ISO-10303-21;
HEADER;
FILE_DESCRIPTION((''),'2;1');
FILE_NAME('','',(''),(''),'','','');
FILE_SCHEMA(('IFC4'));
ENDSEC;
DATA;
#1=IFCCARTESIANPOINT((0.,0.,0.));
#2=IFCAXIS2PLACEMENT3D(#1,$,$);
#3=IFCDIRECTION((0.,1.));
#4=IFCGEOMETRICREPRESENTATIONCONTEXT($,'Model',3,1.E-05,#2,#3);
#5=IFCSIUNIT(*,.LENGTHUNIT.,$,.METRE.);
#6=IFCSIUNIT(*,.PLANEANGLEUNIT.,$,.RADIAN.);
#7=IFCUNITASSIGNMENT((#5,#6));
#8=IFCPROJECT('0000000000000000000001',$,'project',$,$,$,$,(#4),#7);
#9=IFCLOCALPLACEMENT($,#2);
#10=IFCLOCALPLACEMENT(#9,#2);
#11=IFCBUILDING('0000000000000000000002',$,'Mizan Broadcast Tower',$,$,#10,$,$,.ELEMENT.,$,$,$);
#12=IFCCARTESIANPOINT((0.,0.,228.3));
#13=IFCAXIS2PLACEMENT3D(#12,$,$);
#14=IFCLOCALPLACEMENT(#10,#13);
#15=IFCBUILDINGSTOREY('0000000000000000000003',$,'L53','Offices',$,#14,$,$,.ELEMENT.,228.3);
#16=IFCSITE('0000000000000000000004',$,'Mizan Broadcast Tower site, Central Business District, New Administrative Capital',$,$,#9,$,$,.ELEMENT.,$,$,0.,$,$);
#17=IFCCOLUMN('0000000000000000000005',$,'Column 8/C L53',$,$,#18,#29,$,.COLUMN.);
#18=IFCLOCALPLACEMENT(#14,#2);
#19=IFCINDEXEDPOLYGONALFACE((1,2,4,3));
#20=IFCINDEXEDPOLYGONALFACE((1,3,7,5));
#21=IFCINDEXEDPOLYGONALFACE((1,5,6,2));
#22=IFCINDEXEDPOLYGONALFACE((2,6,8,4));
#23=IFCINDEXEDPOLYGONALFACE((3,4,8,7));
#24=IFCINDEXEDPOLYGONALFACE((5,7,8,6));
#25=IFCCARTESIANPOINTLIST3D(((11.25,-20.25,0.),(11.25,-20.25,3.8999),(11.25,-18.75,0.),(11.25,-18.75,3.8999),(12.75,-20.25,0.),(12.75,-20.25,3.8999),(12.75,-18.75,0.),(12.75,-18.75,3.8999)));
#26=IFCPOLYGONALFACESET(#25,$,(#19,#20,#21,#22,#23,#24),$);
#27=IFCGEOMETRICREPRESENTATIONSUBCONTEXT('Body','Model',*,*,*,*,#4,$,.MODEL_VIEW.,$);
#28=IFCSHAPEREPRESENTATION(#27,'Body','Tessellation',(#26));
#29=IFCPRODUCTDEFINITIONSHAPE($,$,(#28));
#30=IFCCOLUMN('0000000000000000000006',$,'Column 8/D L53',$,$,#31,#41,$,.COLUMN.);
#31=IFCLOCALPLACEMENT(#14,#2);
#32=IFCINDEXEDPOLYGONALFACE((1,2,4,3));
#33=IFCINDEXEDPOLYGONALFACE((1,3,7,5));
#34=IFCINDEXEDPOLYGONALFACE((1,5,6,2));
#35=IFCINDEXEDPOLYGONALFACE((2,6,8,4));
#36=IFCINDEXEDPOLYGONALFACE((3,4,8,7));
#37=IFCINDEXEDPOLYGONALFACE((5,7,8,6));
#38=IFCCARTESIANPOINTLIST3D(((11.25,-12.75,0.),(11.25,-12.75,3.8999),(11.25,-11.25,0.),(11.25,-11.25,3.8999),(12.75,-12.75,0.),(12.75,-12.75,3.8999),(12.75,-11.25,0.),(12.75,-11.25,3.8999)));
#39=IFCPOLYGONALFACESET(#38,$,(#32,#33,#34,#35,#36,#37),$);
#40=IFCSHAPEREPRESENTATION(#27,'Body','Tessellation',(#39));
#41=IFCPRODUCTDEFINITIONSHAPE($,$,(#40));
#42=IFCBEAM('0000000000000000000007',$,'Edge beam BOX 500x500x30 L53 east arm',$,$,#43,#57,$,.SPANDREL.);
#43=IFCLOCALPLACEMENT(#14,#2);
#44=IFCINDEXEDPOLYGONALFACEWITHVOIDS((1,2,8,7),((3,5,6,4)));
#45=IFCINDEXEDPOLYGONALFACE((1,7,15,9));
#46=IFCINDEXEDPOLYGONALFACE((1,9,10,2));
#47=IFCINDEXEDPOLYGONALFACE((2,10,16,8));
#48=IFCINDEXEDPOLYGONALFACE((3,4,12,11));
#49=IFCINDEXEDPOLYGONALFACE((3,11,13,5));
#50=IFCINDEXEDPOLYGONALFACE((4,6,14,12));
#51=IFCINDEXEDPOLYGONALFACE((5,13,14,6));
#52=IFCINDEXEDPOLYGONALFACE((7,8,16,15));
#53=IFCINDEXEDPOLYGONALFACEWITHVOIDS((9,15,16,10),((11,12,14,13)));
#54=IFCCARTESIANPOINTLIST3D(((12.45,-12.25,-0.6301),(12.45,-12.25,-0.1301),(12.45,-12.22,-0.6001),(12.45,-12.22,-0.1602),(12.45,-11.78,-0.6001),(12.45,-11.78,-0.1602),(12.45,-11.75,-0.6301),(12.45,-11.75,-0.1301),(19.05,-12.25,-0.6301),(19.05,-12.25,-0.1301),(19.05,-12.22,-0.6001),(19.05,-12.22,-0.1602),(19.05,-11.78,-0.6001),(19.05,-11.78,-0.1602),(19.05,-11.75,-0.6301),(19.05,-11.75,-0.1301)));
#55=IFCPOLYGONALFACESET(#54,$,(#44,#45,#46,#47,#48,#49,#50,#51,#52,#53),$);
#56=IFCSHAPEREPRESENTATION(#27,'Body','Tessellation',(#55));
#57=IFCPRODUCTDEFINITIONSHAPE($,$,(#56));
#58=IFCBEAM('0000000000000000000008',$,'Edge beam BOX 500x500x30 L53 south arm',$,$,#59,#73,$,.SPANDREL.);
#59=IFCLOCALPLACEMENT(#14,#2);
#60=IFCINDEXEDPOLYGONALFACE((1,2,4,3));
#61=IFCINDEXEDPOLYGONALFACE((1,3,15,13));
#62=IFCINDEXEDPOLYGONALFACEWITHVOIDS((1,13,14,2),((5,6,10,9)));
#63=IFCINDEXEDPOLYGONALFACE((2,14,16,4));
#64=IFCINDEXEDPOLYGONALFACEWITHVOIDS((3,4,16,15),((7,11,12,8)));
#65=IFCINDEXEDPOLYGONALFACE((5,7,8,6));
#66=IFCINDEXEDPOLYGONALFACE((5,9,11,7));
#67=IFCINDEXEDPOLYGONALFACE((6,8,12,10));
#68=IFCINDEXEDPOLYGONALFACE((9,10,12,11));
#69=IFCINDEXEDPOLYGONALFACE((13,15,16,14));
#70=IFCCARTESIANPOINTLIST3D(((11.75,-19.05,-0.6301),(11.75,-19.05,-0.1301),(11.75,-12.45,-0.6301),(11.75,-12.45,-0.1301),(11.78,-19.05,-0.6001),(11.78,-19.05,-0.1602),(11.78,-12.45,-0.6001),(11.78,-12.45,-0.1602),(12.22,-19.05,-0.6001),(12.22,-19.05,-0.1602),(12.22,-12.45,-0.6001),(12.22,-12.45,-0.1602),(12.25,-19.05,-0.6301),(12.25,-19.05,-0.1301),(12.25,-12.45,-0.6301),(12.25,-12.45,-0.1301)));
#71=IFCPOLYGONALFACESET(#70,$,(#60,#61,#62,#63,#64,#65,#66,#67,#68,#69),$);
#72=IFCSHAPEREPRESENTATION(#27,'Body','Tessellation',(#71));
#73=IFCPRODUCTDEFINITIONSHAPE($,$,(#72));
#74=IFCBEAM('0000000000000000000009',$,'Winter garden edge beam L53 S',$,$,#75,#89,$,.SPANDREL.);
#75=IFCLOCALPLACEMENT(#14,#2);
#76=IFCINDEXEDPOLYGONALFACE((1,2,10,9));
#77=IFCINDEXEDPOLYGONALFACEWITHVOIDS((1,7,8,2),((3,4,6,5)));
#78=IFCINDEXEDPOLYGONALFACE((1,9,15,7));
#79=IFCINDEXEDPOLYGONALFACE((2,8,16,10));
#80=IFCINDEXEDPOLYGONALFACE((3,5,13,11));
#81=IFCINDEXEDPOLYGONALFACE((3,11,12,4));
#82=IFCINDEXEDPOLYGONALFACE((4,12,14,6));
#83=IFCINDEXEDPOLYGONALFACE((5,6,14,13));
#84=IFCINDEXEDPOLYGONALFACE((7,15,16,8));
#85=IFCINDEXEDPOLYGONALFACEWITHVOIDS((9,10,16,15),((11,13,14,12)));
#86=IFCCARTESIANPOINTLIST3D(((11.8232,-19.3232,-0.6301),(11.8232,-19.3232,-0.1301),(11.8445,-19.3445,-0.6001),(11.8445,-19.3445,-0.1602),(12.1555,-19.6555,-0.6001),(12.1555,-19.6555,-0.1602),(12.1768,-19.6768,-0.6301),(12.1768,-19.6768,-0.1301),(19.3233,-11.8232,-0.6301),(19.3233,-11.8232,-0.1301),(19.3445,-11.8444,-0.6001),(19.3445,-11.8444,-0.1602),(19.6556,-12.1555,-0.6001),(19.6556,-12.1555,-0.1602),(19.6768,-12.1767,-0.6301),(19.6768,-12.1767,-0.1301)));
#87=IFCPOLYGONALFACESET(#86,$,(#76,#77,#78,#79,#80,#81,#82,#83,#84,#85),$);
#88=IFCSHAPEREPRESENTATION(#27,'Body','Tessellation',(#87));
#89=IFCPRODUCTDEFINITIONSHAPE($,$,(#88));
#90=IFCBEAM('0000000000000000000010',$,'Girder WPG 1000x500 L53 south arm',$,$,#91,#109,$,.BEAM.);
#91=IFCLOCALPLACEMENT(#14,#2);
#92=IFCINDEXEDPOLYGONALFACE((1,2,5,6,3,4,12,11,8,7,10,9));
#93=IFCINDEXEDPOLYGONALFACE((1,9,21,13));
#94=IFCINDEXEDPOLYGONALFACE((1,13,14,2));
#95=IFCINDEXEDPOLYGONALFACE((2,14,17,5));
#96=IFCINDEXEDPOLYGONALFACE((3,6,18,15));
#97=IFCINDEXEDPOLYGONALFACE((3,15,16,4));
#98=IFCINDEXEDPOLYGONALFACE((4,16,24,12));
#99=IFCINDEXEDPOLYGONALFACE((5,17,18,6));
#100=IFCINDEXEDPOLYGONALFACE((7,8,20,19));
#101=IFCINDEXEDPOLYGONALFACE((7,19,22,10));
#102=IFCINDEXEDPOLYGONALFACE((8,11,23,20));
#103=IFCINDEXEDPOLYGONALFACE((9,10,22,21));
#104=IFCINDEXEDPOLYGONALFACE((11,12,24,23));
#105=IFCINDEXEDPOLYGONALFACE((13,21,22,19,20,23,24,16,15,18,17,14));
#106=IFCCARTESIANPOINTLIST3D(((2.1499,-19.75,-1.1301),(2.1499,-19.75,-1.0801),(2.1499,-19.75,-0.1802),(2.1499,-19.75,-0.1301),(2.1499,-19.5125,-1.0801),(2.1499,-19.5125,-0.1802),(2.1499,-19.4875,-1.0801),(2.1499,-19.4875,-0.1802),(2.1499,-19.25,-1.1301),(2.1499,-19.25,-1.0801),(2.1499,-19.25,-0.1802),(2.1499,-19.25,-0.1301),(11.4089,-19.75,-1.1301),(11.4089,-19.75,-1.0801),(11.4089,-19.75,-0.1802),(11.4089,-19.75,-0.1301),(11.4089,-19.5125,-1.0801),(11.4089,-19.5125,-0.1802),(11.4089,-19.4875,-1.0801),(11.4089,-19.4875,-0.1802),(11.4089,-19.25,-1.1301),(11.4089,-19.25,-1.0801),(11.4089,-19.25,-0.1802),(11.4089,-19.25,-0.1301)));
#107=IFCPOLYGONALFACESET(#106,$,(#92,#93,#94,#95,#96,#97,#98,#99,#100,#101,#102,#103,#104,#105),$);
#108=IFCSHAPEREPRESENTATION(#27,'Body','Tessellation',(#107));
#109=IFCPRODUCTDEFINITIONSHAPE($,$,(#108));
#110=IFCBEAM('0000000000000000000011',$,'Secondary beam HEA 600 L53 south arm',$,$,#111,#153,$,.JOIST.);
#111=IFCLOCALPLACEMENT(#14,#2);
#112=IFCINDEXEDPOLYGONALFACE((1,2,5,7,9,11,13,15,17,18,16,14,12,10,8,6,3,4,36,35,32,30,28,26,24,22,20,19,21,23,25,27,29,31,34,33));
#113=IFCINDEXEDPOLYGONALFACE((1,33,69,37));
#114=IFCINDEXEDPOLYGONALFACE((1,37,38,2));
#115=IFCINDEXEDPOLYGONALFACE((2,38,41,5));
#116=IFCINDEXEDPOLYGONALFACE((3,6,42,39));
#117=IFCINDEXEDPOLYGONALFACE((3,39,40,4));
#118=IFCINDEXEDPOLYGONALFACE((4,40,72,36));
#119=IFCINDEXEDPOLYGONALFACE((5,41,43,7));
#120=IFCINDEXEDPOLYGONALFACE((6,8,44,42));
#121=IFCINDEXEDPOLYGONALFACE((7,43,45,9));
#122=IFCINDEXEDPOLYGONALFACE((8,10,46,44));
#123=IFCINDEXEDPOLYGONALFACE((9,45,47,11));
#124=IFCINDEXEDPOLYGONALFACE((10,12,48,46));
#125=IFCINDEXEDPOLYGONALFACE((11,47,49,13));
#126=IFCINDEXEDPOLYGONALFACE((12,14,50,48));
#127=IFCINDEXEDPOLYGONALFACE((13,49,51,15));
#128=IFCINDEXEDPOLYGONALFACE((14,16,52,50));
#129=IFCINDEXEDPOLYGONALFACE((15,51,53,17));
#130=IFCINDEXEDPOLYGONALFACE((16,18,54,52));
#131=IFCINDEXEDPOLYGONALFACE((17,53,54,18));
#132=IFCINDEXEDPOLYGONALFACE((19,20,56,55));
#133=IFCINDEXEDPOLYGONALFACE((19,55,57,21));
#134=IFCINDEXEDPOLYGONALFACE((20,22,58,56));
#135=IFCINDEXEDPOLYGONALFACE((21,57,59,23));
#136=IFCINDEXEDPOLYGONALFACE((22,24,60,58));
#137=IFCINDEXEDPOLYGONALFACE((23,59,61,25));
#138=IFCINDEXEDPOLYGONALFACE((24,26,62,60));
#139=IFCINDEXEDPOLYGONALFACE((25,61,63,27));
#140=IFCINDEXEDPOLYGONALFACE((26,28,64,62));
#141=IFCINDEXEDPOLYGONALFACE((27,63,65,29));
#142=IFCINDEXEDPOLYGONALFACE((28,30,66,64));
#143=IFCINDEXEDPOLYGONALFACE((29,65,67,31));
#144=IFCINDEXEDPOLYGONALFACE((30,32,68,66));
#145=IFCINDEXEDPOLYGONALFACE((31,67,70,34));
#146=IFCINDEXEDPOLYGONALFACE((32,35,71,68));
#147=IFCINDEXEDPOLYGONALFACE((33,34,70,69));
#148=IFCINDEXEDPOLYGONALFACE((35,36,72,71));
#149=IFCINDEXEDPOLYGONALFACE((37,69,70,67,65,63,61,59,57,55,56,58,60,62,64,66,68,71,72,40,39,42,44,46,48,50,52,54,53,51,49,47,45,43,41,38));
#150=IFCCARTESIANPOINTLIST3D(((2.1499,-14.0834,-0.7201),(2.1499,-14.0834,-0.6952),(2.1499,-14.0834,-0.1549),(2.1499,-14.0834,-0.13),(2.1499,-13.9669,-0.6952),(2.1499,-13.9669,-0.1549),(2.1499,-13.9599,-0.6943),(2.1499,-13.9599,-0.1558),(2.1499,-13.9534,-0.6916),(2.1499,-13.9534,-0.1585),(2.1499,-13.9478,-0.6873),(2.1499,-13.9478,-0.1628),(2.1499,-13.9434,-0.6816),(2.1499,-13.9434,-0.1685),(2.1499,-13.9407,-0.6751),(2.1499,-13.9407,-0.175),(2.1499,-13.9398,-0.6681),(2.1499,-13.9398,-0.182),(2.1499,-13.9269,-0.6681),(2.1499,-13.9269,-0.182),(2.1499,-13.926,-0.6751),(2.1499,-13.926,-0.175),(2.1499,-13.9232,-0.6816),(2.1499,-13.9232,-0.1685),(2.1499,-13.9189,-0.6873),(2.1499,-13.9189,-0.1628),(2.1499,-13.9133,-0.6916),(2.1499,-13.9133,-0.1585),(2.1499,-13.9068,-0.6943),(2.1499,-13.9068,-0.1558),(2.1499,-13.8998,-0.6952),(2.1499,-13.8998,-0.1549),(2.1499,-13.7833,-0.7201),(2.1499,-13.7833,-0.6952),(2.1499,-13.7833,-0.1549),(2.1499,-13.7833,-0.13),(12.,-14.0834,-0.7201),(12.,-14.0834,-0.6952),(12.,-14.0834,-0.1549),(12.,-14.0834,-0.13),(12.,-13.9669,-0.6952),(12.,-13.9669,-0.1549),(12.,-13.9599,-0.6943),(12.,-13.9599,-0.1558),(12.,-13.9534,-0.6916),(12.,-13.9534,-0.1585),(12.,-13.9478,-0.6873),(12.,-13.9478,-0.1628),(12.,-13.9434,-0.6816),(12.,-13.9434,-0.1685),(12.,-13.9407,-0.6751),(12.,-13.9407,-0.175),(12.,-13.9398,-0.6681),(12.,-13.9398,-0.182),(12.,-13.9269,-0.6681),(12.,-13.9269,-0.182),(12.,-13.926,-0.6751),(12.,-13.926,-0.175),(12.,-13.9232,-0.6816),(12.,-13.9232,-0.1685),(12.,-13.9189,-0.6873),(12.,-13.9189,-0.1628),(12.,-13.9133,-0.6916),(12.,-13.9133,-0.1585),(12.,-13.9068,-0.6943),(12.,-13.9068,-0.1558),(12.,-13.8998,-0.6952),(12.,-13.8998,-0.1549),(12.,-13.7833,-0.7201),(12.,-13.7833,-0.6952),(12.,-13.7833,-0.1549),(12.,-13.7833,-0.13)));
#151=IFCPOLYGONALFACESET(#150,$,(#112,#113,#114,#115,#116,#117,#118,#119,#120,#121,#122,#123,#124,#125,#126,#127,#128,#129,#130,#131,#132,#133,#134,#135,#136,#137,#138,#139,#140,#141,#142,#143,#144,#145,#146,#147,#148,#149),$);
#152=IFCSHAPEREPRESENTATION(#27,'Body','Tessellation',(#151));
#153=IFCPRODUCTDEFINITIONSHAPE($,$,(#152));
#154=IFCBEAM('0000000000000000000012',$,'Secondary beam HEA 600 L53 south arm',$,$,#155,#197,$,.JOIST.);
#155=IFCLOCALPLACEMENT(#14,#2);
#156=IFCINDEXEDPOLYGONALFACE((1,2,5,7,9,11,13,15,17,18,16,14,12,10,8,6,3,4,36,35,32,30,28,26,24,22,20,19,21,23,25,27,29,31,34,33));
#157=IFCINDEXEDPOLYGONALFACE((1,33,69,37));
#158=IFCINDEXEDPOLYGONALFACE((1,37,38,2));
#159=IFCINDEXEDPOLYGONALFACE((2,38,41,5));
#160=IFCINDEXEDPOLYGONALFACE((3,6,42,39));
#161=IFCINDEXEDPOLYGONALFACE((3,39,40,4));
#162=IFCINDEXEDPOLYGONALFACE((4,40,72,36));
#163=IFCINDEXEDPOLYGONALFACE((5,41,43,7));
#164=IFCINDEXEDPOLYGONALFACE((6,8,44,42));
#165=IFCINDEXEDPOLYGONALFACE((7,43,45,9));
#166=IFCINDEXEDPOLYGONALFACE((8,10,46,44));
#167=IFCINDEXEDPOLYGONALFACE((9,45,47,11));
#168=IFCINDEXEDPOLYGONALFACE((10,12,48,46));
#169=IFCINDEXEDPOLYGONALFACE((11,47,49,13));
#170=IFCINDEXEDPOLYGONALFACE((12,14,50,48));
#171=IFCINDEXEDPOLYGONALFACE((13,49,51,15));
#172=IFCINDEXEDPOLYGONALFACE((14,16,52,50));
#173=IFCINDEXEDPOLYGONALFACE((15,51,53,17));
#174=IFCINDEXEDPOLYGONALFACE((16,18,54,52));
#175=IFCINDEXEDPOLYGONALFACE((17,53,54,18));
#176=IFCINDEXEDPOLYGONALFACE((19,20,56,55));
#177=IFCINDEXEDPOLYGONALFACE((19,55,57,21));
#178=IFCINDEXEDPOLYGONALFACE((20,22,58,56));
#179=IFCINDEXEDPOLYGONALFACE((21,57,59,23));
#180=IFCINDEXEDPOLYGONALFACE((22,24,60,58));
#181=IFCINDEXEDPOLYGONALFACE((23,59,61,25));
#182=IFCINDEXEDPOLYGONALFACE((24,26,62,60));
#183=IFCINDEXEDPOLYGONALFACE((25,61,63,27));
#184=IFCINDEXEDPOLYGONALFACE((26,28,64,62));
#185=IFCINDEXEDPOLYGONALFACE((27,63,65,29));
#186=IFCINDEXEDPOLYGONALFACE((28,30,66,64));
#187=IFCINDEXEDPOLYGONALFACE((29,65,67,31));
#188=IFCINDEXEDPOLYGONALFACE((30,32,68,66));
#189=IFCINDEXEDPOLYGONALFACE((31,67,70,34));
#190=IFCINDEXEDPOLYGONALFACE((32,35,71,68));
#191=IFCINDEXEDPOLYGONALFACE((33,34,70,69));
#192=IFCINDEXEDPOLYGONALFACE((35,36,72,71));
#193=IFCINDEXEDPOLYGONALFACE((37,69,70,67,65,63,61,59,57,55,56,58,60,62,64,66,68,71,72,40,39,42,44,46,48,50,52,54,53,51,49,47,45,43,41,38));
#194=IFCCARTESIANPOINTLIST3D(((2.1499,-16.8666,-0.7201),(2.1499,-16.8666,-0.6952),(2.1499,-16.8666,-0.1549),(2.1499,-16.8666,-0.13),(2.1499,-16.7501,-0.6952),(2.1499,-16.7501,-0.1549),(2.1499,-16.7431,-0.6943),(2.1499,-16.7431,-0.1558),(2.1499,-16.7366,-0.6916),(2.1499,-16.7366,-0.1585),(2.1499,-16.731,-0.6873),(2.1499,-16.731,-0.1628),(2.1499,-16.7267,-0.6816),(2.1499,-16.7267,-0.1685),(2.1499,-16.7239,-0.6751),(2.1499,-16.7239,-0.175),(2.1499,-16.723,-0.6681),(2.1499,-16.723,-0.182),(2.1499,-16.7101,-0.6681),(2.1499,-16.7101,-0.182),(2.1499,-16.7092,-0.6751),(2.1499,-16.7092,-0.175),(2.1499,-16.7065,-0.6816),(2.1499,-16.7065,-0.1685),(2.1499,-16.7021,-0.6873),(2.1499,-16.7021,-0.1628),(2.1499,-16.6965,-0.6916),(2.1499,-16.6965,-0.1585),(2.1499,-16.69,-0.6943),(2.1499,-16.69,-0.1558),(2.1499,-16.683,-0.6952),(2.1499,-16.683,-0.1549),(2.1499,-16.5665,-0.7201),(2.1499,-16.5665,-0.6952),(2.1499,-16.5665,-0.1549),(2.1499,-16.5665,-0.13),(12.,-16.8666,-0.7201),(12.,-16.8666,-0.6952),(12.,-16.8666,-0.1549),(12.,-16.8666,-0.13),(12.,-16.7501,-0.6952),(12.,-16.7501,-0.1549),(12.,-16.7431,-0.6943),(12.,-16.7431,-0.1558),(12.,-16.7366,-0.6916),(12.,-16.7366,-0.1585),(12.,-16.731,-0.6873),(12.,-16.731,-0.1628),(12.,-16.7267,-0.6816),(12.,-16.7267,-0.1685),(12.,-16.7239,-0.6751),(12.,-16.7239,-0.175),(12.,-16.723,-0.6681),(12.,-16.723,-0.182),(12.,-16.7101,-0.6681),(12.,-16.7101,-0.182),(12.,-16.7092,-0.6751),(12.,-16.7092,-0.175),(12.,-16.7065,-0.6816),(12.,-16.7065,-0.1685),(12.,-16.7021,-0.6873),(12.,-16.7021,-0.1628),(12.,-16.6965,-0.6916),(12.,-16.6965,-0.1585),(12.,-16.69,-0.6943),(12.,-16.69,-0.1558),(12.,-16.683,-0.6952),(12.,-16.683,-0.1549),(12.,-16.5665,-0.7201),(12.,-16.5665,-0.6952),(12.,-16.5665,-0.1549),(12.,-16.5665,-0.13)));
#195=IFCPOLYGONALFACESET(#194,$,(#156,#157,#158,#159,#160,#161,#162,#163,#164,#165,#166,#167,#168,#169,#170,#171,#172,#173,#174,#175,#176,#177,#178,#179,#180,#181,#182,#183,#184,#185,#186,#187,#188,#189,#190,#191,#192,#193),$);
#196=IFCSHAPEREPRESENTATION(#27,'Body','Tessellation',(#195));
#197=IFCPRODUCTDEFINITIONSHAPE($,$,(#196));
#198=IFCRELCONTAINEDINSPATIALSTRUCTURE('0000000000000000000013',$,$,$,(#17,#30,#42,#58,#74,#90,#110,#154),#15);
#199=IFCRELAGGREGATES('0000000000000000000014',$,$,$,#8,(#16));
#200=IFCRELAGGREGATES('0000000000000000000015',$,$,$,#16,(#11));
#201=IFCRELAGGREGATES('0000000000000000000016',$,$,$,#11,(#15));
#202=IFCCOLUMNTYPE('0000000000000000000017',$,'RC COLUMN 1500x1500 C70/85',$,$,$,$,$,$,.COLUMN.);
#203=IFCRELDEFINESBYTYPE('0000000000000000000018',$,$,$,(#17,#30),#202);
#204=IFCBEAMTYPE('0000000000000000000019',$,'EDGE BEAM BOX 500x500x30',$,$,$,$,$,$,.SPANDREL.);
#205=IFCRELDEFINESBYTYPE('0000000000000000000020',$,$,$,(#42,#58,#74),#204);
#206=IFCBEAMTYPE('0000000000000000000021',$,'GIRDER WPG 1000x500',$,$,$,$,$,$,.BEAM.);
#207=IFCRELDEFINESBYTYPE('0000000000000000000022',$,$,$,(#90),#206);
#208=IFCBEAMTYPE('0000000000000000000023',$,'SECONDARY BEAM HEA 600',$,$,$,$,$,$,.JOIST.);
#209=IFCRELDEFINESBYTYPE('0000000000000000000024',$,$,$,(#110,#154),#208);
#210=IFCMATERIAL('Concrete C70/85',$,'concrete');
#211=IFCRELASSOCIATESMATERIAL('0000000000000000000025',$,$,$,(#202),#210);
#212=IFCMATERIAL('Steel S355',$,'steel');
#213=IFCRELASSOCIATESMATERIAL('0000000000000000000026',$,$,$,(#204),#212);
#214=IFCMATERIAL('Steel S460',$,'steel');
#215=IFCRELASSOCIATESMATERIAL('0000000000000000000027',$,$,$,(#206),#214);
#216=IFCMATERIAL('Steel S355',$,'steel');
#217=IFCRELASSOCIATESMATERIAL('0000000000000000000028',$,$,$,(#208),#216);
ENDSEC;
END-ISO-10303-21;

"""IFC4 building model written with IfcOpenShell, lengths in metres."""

from ifc_helpers import new_model, si_unit, direction, frame, origin, origin_2d, place, context, subcontext, project, spatial, rectangle, hollow_rectangle, i_section, extrude, material, material_profile, profile_set, type_object, element, save


model = new_model("IFC4")

# Units and contexts
model_context = context("Model", 3, precision=1e-05, world=origin(), true_north=direction((0.0, 1.0)))
body_context = subcontext(model_context, "Body", "Model", "MODEL_VIEW")
ifc_project = project(units=[si_unit("LENGTHUNIT", "METRE"), si_unit("PLANEANGLEUNIT", "RADIAN")], contexts=[model_context])

# Site, building, storey
site_placement = place(None, origin())
site = spatial("IfcSite", under=ifc_project, at=site_placement, Name="Mizan Broadcast Tower site, Central Business District, New Administrative Capital", CompositionType="ELEMENT", RefElevation=0.0)
building_placement = place(site_placement, origin())
building = spatial("IfcBuilding", under=site, at=building_placement, Name="Mizan Broadcast Tower", CompositionType="ELEMENT")
storey_placement = place(building_placement, frame((0.0, 0.0, 228.3)))
storey = spatial("IfcBuildingStorey", under=building, at=storey_placement, Name="L53", Description="Offices", CompositionType="ELEMENT", Elevation=228.3)

# Columns
ifc_material_1 = material(Name="Concrete C70/85", Category="concrete")
ifc_material_profile_1 = material_profile(ifc_material_1, rectangle(XDim=1.5, YDim=1.5, at=origin_2d()), Name="RC 1500x1500")
ifc_profile_set_1 = profile_set([ifc_material_profile_1], Name="Concrete C70/85")
column_type = type_object("IfcColumnType", Name="RC COLUMN 1500x1500 C70/85", PredefinedType="COLUMN", material=ifc_profile_set_1)
for number, where, z_axis, x_axis, name in (
    (1, (12.0, -19.5, 0.0), (0.0, 0.0, 1.0), (1.0, 0.0, 0.0), "Column 8/C L53"),
    (2, (12.0, -12.0, 0.0), (0.0, 0.0, 1.0), (1.0, 0.0, 0.0), "Column 8/D L53"),
):
    element("IfcColumn", number, at=place(storey_placement, frame(where, z_axis=z_axis, x_axis=x_axis)), inside=storey, type_object=column_type, Name=name, PredefinedType="COLUMN", context=body_context, shape_type="SweptSolid", body=[
        extrude(rectangle(XDim=1.5, YDim=1.5, at=origin_2d()), origin(), (0.0, 0.0, 1.0), 3.8999),
    ])

# Beams
ifc_material_2 = material(Name="Steel S355", Category="steel")
ifc_material_profile_2 = material_profile(ifc_material_2, hollow_rectangle(XDim=0.5, YDim=0.5, WallThickness=0.03, at=origin_2d()), Name="BOX 500x500x30")
ifc_profile_set_2 = profile_set([ifc_material_profile_2], Name="Steel S355")
beam_type_1 = type_object("IfcBeamType", Name="EDGE BEAM BOX 500x500x30", PredefinedType="SPANDREL", material=ifc_profile_set_2)
for number, where, z_axis, x_axis, name in (
    (3, (12.45, -12.0, -0.3801), (1.0, 0.0, 0.0), (0.0, 1.0, 0.0), "Edge beam BOX 500x500x30 L53 east arm"),
    (4, (12.0, -12.45, -0.3801), (0.0, -1.0, 0.0), (1.0, 0.0, 0.0), "Edge beam BOX 500x500x30 L53 south arm"),
):
    element("IfcBeam", number, at=place(storey_placement, frame(where, z_axis=z_axis, x_axis=x_axis)), inside=storey, type_object=beam_type_1, Name=name, PredefinedType="SPANDREL", context=body_context, shape_type="SweptSolid", body=[
        extrude(hollow_rectangle(XDim=0.5, YDim=0.5, WallThickness=0.03, at=origin_2d()), origin(), (0.0, 0.0, 1.0), 6.6001),
    ])
beam_1_placement = place(storey_placement, frame((12.0, -19.5, -0.3801), z_axis=(0.707107, 0.707107, 0.0), x_axis=(-0.707107, 0.707107, 0.0)))
element("IfcBeam", 5, at=beam_1_placement, inside=storey, type_object=beam_type_1, Name="Winter garden edge beam L53 S", PredefinedType="SPANDREL", context=body_context, shape_type="SweptSolid", body=[
    extrude(hollow_rectangle(XDim=0.5, YDim=0.5, WallThickness=0.03, at=origin_2d()), origin(), (0.0, 0.0, 1.0), 10.6067),
])
ifc_material_3 = material(Name="Steel S460", Category="steel")
ifc_material_profile_3 = material_profile(ifc_material_3, i_section(OverallWidth=0.5, OverallDepth=1.0, WebThickness=0.0249, FlangeThickness=0.05, at=origin_2d()), Name="WPG 1000x500")
ifc_profile_set_3 = profile_set([ifc_material_profile_3], Name="Steel S460")
beam_type_2 = type_object("IfcBeamType", Name="GIRDER WPG 1000x500", PredefinedType="BEAM", material=ifc_profile_set_3)
beam_2_placement = place(storey_placement, frame((11.4089, -19.5, -0.6301), z_axis=(-1.0, 0.0, 0.0), x_axis=(0.0, -1.0, 0.0)))
element("IfcBeam", 6, at=beam_2_placement, inside=storey, type_object=beam_type_2, Name="Girder WPG 1000x500 L53 south arm", PredefinedType="BEAM", context=body_context, shape_type="SweptSolid", body=[
    extrude(i_section(OverallWidth=0.5, OverallDepth=1.0, WebThickness=0.0249, FlangeThickness=0.05, at=origin_2d()), origin(), (0.0, 0.0, 1.0), 9.259),
])
ifc_material_4 = material(Name="Steel S355", Category="steel")
ifc_material_profile_4 = material_profile(ifc_material_4, i_section(OverallWidth=0.3, OverallDepth=0.5901, WebThickness=0.0129, FlangeThickness=0.0249, FilletRadius=0.0271, at=origin_2d()), Name="HEA 600")
ifc_profile_set_4 = profile_set([ifc_material_profile_4], Name="Steel S355")
beam_type_3 = type_object("IfcBeamType", Name="SECONDARY BEAM HEA 600", PredefinedType="JOIST", material=ifc_profile_set_4)
for number, where, z_axis, x_axis, name in (
    (7, (12.0, -13.9333, -0.425), (-1.0, 0.0, 0.0), (0.0, -1.0, 0.0), "Secondary beam HEA 600 L53 south arm"),
    (8, (12.0, -16.7166, -0.425), (-1.0, 0.0, 0.0), (0.0, -1.0, 0.0), "Secondary beam HEA 600 L53 south arm"),
):
    element("IfcBeam", number, at=place(storey_placement, frame(where, z_axis=z_axis, x_axis=x_axis)), inside=storey, type_object=beam_type_3, Name=name, PredefinedType="JOIST", context=body_context, shape_type="SweptSolid", body=[
        extrude(i_section(OverallWidth=0.3, OverallDepth=0.5901, WebThickness=0.0129, FlangeThickness=0.0249, FilletRadius=0.0271, at=origin_2d()), origin(), (0.0, 0.0, 1.0), 9.8501),
    ])

save(model, "model.ifc")
